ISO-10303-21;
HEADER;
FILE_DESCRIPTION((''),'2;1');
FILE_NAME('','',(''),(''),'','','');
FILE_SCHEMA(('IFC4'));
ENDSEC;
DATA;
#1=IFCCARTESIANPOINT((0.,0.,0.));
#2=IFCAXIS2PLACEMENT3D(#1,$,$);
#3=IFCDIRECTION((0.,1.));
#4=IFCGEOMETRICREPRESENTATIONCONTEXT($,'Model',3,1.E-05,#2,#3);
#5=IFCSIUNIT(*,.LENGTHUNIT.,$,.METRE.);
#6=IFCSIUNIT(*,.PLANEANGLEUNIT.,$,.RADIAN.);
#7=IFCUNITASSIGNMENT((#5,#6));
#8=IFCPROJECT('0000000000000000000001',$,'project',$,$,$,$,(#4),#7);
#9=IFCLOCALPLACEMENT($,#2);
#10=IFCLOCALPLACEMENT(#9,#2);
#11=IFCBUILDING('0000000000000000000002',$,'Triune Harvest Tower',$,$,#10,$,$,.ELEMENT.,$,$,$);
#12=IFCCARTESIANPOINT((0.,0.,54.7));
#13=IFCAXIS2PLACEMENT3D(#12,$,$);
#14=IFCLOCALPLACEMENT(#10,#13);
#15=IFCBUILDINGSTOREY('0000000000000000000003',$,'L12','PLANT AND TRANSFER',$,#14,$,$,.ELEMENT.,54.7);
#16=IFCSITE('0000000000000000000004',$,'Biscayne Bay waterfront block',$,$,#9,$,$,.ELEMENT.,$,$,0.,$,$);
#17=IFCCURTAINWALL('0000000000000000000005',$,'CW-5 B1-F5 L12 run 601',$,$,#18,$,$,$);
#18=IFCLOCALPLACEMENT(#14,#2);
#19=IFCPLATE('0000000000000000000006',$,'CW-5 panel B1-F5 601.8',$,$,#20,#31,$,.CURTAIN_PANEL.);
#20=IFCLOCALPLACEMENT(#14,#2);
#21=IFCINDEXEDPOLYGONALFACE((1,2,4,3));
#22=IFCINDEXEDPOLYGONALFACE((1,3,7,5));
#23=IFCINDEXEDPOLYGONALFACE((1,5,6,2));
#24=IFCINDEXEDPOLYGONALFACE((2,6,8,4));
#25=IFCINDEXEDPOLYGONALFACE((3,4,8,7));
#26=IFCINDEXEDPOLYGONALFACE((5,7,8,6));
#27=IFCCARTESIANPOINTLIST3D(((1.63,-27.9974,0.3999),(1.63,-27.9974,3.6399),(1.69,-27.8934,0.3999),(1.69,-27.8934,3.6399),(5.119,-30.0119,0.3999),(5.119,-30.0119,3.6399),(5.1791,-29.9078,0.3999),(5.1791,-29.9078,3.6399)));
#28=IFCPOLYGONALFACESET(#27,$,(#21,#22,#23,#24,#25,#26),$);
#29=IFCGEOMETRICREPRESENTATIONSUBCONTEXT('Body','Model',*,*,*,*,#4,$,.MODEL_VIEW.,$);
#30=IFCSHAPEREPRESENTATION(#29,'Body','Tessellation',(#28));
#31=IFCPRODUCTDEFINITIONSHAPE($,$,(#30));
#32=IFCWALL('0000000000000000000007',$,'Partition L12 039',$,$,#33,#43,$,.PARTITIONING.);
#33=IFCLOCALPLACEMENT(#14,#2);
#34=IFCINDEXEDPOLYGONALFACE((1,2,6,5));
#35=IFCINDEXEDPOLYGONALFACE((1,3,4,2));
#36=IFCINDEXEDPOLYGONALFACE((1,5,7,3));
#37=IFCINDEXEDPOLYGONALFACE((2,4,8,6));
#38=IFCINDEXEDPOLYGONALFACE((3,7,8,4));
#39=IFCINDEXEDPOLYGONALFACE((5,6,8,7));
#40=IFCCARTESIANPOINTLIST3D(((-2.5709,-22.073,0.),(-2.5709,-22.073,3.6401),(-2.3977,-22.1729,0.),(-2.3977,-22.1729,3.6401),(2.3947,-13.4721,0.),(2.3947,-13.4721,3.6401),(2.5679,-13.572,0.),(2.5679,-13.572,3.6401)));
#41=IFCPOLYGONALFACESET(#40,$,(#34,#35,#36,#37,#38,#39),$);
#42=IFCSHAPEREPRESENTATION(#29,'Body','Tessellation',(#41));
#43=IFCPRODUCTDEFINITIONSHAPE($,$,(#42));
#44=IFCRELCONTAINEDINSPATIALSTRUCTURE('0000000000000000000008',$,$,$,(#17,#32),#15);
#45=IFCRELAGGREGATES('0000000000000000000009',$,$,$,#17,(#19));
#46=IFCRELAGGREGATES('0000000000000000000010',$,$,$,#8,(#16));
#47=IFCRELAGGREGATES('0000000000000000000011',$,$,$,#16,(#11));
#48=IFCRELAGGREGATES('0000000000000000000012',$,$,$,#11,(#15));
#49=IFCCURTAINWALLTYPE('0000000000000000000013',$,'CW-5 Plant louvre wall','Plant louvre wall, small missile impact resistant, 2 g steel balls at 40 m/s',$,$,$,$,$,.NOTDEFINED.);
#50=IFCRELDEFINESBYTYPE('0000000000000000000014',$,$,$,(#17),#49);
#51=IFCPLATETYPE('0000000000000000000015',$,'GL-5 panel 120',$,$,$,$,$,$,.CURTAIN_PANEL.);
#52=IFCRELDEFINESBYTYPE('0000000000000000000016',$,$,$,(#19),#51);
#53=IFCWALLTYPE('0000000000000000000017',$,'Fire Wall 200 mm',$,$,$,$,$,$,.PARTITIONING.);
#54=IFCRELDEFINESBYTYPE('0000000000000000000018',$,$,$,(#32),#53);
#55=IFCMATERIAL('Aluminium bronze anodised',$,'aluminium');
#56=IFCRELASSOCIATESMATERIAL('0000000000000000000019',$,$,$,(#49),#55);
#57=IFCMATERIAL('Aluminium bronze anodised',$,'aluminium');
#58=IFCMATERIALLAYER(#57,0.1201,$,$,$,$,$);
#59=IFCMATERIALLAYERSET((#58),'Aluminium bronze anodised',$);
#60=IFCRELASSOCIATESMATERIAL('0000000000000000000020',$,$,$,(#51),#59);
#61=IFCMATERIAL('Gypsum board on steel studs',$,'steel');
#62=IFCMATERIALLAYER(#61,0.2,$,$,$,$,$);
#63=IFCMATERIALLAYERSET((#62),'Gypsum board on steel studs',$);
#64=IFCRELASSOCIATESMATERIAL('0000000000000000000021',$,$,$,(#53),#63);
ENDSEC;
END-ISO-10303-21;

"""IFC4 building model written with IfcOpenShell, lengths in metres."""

from ifc_helpers import new_model, si_unit, direction, frame, frame_2d, origin, origin_2d, place, context, subcontext, project, spatial, rectangle, extrude, source, transform, mapped, material, layer, layer_set, type_object, element, aggregate, save


model = new_model("IFC4")

# Units and contexts
model_context = context("Model", 3, precision=1e-05, world=origin(), true_north=direction((0.0, 1.0)))
body_context = subcontext(model_context, "Body", "Model", "MODEL_VIEW")
ifc_project = project(units=[si_unit("LENGTHUNIT", "METRE"), si_unit("PLANEANGLEUNIT", "RADIAN")], contexts=[model_context])

# Site, building, storey
site_placement = place(None, origin())
site = spatial("IfcSite", under=ifc_project, at=site_placement, Name="Biscayne Bay waterfront block", CompositionType="ELEMENT", RefElevation=0.0)
building_placement = place(site_placement, origin())
building = spatial("IfcBuilding", under=site, at=building_placement, Name="Triune Harvest Tower", CompositionType="ELEMENT")
storey_placement = place(building_placement, frame((0.0, 0.0, 54.7)))
storey = spatial("IfcBuildingStorey", under=building, at=storey_placement, Name="L12", Description="PLANT AND TRANSFER", CompositionType="ELEMENT", Elevation=54.7)

# Curtain wall, plate
ifc_material_1 = material(Name="Aluminium bronze anodised", Category="aluminium")
curtain_wall_type = type_object("IfcCurtainWallType", Name="CW-5 Plant louvre wall", Description="Plant louvre wall, small missile impact resistant, 2 g steel balls at 40 m/s", PredefinedType="NOTDEFINED", material=ifc_material_1)
curtain_wall_placement = place(storey_placement, origin())
curtain_wall = element("IfcCurtainWall", 1, at=curtain_wall_placement, inside=storey, type_object=curtain_wall_type, Name="CW-5 B1-F5 L12 run 601")
ifc_material_2 = material(Name="Aluminium bronze anodised", Category="aluminium")
ifc_layer_1 = layer(ifc_material_2, 0.1201)
ifc_layer_set_1 = layer_set([ifc_layer_1], Name="Aluminium bronze anodised")
plate_type = type_object("IfcPlateType", Name="GL-5 panel 120", PredefinedType="CURTAIN_PANEL", material=ifc_layer_set_1)
shared_shape_1 = source(origin(), body_context, "Body", "SweptSolid", [
    extrude(rectangle(XDim=4.0288, YDim=0.1201, at=origin_2d()), origin(), (0.0, 0.0, 1.0), 3.24),
])
plate_1_placement = place(storey_placement, frame((3.4045, -28.9526, 0.3999), z_axis=(0.0, 0.0, 1.0), x_axis=(0.866025, -0.5, 0.0)))
plate_1 = element("IfcPlate", 2, at=plate_1_placement, type_object=plate_type, Name="CW-5 panel B1-F5 601.8", PredefinedType="CURTAIN_PANEL", context=body_context, shape_type="MappedRepresentation", body=[
    mapped(shared_shape_1, transform((0.0, 0.0, 0.0), scale=1.0)),
])
aggregate(curtain_wall, [plate_1])

# Wall
ifc_material_3 = material(Name="Gypsum board on steel studs", Category="steel")
ifc_layer_2 = layer(ifc_material_3, 0.2)
ifc_layer_set_2 = layer_set([ifc_layer_2], Name="Gypsum board on steel studs")
wall_type = type_object("IfcWallType", Name="Fire Wall 200 mm", PredefinedType="PARTITIONING", material=ifc_layer_set_2)
wall_placement = place(storey_placement, frame((-2.4844, -22.123, 0.0), z_axis=(0.0, 0.0, 1.0), x_axis=(0.499991, 0.86603, 0.0)))
element("IfcWall", 3, at=wall_placement, inside=storey, type_object=wall_type, Name="Partition L12 039", PredefinedType="PARTITIONING", context=body_context, shape_type="SweptSolid", body=[
    extrude(rectangle(XDim=9.9314, YDim=0.2, at=frame_2d((4.9658, 0.0))), origin(), (0.0, 0.0, 1.0), 3.6401),
])

save(model, "model.ifc")
